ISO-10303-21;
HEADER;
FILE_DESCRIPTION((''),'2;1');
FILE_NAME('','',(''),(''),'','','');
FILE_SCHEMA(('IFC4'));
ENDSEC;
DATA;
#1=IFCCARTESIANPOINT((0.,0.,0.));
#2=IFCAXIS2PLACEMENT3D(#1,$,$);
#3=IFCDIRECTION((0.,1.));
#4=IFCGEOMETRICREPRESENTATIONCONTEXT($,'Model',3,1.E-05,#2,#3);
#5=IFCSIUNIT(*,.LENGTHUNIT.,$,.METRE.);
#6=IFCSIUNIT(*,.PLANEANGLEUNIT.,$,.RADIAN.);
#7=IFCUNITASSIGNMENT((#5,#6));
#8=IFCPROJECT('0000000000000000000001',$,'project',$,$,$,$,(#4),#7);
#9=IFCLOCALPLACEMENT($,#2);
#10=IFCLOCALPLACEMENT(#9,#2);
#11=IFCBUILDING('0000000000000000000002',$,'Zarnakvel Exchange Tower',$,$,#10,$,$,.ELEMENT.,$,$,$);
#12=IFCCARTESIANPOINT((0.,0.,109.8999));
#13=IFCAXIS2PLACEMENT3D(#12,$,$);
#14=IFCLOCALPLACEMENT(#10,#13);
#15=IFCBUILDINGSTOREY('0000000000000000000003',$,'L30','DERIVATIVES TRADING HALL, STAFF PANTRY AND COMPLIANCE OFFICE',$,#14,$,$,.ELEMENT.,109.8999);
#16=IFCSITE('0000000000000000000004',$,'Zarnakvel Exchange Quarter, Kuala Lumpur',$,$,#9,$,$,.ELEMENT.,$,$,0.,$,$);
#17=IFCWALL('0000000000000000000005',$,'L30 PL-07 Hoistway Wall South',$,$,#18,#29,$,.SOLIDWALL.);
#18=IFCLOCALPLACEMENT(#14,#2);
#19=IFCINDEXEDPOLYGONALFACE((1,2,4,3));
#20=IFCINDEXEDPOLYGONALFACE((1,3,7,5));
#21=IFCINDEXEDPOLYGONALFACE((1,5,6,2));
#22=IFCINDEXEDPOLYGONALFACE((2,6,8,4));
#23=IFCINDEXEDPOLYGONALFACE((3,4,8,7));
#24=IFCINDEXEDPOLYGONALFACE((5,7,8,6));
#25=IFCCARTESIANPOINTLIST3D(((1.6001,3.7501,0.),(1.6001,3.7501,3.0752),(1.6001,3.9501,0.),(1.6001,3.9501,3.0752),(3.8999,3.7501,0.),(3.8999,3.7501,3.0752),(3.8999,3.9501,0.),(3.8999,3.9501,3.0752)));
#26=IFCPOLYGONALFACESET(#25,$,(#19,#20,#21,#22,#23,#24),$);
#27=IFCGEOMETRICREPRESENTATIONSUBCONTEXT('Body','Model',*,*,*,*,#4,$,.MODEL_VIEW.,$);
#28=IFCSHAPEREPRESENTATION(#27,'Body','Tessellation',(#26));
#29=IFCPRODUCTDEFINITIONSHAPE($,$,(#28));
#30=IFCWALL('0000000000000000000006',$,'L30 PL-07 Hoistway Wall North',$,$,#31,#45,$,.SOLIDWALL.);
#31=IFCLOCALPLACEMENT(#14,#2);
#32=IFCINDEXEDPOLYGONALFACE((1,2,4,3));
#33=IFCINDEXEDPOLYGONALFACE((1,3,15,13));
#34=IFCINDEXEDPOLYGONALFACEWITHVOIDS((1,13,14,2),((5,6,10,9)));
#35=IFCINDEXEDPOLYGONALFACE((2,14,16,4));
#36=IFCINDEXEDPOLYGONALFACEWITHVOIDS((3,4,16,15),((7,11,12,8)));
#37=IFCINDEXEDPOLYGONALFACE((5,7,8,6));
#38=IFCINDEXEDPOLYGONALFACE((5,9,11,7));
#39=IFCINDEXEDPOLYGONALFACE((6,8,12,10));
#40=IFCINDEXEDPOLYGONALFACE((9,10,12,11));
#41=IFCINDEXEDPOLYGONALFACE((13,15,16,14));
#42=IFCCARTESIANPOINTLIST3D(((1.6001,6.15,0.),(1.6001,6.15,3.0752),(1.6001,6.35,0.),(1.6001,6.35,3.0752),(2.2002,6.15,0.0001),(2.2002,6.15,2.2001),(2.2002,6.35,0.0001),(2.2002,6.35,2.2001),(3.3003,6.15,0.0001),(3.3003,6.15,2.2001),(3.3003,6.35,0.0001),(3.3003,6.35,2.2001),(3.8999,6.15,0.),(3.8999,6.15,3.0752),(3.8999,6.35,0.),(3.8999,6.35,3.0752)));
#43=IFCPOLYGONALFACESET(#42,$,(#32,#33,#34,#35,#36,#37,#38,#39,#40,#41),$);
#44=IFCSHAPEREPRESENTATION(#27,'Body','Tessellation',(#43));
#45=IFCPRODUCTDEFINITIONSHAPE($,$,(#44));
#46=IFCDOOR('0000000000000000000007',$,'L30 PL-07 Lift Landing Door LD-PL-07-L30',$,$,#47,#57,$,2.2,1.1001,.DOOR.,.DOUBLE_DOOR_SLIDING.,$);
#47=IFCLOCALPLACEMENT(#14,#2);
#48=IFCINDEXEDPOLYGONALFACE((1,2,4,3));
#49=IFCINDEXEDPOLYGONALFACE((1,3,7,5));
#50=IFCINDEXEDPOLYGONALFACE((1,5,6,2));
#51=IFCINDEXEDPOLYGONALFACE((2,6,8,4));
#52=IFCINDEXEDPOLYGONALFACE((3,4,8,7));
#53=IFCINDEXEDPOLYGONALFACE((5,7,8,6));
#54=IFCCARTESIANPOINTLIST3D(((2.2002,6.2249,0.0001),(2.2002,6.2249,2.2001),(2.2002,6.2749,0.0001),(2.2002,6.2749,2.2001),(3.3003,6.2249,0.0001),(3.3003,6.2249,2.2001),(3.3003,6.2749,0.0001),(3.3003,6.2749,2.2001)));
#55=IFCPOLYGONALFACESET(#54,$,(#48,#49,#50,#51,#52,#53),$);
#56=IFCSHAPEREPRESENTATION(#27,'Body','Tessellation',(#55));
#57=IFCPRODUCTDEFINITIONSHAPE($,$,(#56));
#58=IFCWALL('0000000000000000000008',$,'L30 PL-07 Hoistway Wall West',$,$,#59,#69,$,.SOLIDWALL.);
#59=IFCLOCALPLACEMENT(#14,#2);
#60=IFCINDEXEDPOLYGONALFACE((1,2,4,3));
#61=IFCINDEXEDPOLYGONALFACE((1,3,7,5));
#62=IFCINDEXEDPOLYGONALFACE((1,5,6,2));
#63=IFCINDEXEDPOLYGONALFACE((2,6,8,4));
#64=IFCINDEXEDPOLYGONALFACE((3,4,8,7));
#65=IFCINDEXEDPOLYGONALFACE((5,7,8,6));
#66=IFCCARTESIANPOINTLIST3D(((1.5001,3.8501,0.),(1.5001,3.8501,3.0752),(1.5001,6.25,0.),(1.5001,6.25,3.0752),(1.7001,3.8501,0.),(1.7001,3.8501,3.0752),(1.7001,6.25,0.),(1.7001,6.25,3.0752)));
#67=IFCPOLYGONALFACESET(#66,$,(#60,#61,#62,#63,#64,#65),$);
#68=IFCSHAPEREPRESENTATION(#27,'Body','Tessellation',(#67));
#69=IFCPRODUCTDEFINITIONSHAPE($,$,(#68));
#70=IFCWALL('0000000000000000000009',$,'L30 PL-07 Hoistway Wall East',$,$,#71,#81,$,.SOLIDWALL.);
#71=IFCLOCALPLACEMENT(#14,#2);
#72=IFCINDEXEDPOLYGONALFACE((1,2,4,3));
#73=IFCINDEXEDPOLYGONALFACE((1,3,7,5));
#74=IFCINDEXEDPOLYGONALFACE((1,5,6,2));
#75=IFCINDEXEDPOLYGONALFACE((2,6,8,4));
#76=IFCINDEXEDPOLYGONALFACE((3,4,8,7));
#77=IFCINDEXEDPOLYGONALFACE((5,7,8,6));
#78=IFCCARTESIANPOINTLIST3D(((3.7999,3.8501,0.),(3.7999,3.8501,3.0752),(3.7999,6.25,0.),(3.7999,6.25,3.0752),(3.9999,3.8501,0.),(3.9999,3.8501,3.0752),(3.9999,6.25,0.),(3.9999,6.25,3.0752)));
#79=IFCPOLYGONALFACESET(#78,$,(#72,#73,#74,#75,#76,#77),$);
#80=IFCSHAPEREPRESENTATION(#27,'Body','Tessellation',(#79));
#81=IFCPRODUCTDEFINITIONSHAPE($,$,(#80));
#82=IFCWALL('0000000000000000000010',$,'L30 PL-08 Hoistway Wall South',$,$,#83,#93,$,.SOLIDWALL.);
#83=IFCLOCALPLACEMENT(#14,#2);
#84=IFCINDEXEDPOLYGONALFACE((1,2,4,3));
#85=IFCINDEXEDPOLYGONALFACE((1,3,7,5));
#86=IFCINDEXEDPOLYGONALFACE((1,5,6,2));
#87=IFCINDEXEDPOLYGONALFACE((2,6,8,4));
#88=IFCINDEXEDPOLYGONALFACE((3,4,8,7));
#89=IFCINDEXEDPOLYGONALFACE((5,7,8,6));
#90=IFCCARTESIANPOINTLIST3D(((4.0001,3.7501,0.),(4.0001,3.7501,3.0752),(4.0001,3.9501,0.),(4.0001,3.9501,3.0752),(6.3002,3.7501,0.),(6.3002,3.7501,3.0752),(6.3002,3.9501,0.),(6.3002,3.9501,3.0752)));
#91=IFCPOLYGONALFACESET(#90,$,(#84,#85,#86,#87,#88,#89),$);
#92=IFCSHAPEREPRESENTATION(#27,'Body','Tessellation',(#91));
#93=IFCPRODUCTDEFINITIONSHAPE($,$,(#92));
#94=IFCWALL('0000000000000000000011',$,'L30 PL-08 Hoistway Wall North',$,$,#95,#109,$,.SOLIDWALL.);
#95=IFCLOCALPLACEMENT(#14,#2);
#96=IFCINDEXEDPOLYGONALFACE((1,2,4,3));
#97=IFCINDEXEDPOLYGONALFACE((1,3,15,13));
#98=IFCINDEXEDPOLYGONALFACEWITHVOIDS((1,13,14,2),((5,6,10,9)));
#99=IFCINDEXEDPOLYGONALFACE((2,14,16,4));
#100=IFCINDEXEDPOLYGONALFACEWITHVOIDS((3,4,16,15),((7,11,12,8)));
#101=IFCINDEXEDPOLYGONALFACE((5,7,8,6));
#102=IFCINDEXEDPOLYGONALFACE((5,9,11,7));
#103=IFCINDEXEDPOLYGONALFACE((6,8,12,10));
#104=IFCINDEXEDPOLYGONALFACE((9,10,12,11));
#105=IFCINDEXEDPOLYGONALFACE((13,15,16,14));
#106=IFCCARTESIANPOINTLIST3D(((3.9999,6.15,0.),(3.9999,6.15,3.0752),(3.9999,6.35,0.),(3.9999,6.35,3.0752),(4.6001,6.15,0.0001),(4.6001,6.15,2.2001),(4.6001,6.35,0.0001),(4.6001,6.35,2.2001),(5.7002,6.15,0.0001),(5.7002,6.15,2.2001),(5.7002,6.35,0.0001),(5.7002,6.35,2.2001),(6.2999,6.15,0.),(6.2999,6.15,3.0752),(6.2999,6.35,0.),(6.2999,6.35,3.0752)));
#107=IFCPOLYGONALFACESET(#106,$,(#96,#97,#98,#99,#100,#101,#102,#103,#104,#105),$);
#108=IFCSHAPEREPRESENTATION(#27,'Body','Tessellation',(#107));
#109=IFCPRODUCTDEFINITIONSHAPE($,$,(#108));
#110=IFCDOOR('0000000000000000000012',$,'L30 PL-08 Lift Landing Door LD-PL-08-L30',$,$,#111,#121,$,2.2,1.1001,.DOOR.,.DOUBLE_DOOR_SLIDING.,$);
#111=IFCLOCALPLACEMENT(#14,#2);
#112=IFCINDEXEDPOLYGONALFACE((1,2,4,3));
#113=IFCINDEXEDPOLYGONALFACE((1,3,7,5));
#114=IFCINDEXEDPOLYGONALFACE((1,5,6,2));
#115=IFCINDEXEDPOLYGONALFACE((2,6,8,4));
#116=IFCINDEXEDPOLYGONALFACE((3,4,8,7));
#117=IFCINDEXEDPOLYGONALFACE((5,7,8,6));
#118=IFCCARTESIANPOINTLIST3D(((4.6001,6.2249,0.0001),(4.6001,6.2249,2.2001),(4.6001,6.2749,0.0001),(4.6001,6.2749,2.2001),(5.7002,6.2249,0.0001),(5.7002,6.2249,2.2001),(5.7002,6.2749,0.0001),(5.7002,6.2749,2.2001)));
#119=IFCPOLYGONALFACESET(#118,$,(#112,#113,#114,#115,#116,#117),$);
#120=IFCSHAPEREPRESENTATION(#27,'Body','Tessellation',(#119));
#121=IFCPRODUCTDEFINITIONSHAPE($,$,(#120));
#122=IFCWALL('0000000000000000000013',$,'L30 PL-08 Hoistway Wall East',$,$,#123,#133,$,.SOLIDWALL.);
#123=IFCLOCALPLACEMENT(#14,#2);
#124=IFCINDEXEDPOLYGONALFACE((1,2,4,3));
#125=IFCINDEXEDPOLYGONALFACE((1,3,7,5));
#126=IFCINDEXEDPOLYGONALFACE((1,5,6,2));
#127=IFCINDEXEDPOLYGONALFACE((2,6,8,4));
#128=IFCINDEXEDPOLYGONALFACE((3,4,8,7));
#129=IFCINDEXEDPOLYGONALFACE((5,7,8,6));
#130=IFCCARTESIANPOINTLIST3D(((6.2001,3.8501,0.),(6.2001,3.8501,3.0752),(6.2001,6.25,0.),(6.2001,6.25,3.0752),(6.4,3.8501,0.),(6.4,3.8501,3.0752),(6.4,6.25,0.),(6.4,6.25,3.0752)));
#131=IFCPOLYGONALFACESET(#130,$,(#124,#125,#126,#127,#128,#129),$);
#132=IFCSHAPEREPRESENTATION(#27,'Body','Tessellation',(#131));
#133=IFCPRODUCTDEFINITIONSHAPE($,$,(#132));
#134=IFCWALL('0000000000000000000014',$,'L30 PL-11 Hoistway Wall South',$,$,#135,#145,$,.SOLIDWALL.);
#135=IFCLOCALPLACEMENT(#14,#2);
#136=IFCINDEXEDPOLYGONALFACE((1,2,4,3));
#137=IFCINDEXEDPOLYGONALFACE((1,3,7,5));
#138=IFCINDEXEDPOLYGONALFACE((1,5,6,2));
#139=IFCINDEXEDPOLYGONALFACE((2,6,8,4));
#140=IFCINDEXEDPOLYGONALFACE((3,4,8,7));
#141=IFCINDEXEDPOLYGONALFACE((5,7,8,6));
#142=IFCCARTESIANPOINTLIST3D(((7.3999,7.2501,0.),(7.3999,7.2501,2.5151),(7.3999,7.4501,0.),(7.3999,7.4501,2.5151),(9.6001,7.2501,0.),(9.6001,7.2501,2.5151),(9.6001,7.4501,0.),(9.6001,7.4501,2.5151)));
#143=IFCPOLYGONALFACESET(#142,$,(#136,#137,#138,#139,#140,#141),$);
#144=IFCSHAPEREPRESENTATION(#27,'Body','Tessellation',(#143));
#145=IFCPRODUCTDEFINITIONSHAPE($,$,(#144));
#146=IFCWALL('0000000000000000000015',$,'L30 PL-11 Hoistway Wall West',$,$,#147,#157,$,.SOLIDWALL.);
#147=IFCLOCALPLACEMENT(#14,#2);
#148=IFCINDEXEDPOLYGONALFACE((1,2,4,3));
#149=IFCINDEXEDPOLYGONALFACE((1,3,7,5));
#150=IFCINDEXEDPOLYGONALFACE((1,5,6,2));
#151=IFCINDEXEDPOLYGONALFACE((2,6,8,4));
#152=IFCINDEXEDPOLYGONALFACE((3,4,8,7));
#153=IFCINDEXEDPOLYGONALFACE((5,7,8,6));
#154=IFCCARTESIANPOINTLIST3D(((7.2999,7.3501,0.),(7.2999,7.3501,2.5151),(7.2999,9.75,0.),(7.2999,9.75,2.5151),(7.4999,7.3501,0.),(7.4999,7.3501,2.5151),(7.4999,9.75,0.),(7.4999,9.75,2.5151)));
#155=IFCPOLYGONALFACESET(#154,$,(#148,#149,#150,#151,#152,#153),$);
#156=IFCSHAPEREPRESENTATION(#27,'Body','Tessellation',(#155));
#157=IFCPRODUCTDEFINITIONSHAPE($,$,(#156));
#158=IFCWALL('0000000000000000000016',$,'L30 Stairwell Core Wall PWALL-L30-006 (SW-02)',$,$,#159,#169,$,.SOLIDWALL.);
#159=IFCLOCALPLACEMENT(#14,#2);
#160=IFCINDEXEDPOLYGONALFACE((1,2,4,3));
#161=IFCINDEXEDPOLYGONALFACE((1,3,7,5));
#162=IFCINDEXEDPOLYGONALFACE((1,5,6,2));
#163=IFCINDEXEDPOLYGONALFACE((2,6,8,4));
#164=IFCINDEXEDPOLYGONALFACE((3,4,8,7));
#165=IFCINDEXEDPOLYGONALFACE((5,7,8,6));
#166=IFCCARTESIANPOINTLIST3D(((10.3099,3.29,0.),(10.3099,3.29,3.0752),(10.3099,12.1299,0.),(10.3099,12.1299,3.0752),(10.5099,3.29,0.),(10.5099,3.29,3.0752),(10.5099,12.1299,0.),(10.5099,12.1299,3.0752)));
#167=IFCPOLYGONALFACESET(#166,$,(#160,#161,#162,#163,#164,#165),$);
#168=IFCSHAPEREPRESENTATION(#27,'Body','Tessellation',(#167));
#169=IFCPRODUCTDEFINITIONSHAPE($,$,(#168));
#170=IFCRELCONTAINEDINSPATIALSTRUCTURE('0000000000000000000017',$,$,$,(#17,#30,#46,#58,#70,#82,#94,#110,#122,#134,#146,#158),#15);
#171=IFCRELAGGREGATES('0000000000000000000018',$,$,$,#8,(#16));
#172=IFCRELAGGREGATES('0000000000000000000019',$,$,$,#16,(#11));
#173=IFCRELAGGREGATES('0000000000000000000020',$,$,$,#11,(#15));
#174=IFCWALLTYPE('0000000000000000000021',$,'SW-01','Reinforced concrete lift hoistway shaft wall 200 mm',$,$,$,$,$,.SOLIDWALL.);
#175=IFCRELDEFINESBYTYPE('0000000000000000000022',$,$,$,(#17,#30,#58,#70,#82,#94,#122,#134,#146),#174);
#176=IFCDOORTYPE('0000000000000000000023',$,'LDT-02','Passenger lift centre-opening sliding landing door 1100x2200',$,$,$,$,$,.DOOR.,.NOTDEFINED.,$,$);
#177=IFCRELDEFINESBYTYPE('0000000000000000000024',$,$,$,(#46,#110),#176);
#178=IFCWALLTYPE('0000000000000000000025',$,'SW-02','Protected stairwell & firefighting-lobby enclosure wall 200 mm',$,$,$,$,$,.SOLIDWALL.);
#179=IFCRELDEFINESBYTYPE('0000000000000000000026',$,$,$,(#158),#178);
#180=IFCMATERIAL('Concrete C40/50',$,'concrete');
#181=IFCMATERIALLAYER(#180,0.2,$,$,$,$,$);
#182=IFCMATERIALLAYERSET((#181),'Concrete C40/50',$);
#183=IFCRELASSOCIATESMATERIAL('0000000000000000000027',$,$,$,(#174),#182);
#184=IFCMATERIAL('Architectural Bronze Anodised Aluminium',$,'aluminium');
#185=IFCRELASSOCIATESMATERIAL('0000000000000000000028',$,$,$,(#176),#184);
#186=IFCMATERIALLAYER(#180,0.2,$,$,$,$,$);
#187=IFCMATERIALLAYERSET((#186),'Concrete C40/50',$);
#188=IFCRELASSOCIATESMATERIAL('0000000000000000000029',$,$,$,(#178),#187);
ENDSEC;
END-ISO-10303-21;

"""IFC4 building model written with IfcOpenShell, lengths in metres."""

from ifc_helpers import new_model, si_unit, direction, frame, frame_2d, origin, place, context, subcontext, project, spatial, rectangle, extrude, source, transform, mapped, material, layer, layer_set, type_object, element, fill, save


model = new_model("IFC4")

# Units and contexts
model_context = context("Model", 3, precision=1e-05, world=origin(), true_north=direction((0.0, 1.0)))
body_context = subcontext(model_context, "Body", "Model", "MODEL_VIEW")
ifc_project = project(units=[si_unit("LENGTHUNIT", "METRE"), si_unit("PLANEANGLEUNIT", "RADIAN")], contexts=[model_context])

# Site, building, storey
site_placement = place(None, origin())
site = spatial("IfcSite", under=ifc_project, at=site_placement, Name="Zarnakvel Exchange Quarter, Kuala Lumpur", CompositionType="ELEMENT", RefElevation=0.0)
building_placement = place(site_placement, origin())
building = spatial("IfcBuilding", under=site, at=building_placement, Name="Zarnakvel Exchange Tower", CompositionType="ELEMENT")
storey_placement = place(building_placement, frame((0.0, 0.0, 109.8999)))
storey = spatial("IfcBuildingStorey", under=building, at=storey_placement, Name="L30", Description="DERIVATIVES TRADING HALL, STAFF PANTRY AND COMPLIANCE OFFICE", CompositionType="ELEMENT", Elevation=109.8999)

# Shared definitions
ifc_material_1 = material(Name="Concrete C40/50", Category="concrete")
ifc_layer_1 = layer(ifc_material_1, 0.2)
ifc_layer_set_1 = layer_set([ifc_layer_1], Name="Concrete C40/50")
wall_type_1 = type_object("IfcWallType", Name="SW-01", Description="Reinforced concrete lift hoistway shaft wall 200 mm", PredefinedType="SOLIDWALL", material=ifc_layer_set_1)
shared_shape_1 = source(origin(), body_context, "Body", "SweptSolid", [
    extrude(rectangle(XDim=1.1001, YDim=2.2, at=frame_2d((0.55, 1.1001))), frame((0.0, 0.0249, 0.0), z_axis=(0.0, -1.0, 0.0), x_axis=(1.0, 0.0, 0.0)), (0.0, 0.0, 1.0), 0.05),
])

# Wall
wall_1_placement = place(storey_placement, frame((3.8999, 3.8501, 0.0), z_axis=(0.0, 0.0, 1.0), x_axis=(-1.0, 0.0, 0.0)))
element("IfcWall", 1, at=wall_1_placement, inside=storey, type_object=wall_type_1, Name="L30 PL-07 Hoistway Wall South", PredefinedType="SOLIDWALL", context=body_context, shape_type="SweptSolid", body=[
    extrude(rectangle(XDim=2.2998, YDim=0.2, at=frame_2d((1.1499, 0.0))), origin(), (0.0, 0.0, 1.0), 3.0752),
])

# Wall, opening, door
wall_2_placement = place(storey_placement, frame((1.6001, 6.25, 0.0), z_axis=(0.0, 0.0, 1.0), x_axis=(1.0, 0.0, 0.0)))
wall_2 = element("IfcWall", 2, at=wall_2_placement, inside=storey, type_object=wall_type_1, Name="L30 PL-07 Hoistway Wall North", PredefinedType="SOLIDWALL", context=body_context, shape_type="SweptSolid", body=[
    extrude(rectangle(XDim=2.2998, YDim=0.2, at=frame_2d((1.1499, 0.0))), origin(), (0.0, 0.0, 1.0), 3.0752),
])
opening_1_placement = place(wall_2_placement, frame((0.6001, 0.0, 0.0)))
opening_1 = element("IfcOpeningElement", 3, at=opening_1_placement, cuts=wall_2, PredefinedType="OPENING", context=body_context, shape_type="SweptSolid", body=[
    extrude(rectangle(XDim=1.1001, YDim=2.2, at=frame_2d((0.55, 1.1001))), frame((0.0, 0.1099, 0.0), z_axis=(0.0, -1.0, 0.0), x_axis=(1.0, 0.0, 0.0)), (0.0, 0.0, 1.0), 0.22),
])
ifc_material_2 = material(Name="Architectural Bronze Anodised Aluminium", Category="aluminium")
door_type_1 = type_object("IfcDoorType", Name="LDT-02", Description="Passenger lift centre-opening sliding landing door 1100x2200", OperationType="NOTDEFINED", PredefinedType="DOOR", material=ifc_material_2)
door_1_placement = place(opening_1_placement, origin())
door_1 = element("IfcDoor", 4, at=door_1_placement, inside=storey, type_object=door_type_1, Name="L30 PL-07 Lift Landing Door LD-PL-07-L30", OperationType="DOUBLE_DOOR_SLIDING", OverallHeight=2.2, OverallWidth=1.1001, PredefinedType="DOOR", context=body_context, shape_type="MappedRepresentation", body=[
    mapped(shared_shape_1, transform((0.0, 0.0, 0.0), x_axis=(1.0, 0.0, 0.0), y_axis=(0.0, 1.0, 0.0), z_axis=(0.0, 0.0, 1.0), scale=1.0)),
])
fill(opening_1, door_1)

# Walls
for number, where, z_axis, x_axis, name in (
    (5, (1.6001, 3.8501, 0.0), (0.0, 0.0, 1.0), (0.0, 1.0, 0.0), "L30 PL-07 Hoistway Wall West"),
    (6, (3.8999, 6.25, 0.0), (0.0, 0.0, 1.0), (0.0, -1.0, 0.0), "L30 PL-07 Hoistway Wall East"),
):
    element("IfcWall", number, at=place(storey_placement, frame(where, z_axis=z_axis, x_axis=x_axis)), inside=storey, type_object=wall_type_1, Name=name, PredefinedType="SOLIDWALL", context=body_context, shape_type="SweptSolid", body=[
        extrude(rectangle(XDim=2.3999, YDim=0.2, at=frame_2d((1.2, 0.0))), origin(), (0.0, 0.0, 1.0), 3.0752),
    ])
wall_3_placement = place(storey_placement, frame((6.3, 3.8501, 0.0), z_axis=(0.0, 0.0, 1.0), x_axis=(-1.0, 0.0, 0.0)))
element("IfcWall", 7, at=wall_3_placement, inside=storey, type_object=wall_type_1, Name="L30 PL-08 Hoistway Wall South", PredefinedType="SOLIDWALL", context=body_context, shape_type="SweptSolid", body=[
    extrude(rectangle(XDim=2.3, YDim=0.2, at=frame_2d((1.1499, 0.0))), origin(), (0.0, 0.0, 1.0), 3.0752),
])

# Wall, opening, door
wall_4_placement = place(storey_placement, frame((4.0, 6.25, 0.0), z_axis=(0.0, 0.0, 1.0), x_axis=(1.0, 0.0, 0.0)))
wall_4 = element("IfcWall", 8, at=wall_4_placement, inside=storey, type_object=wall_type_1, Name="L30 PL-08 Hoistway Wall North", PredefinedType="SOLIDWALL", context=body_context, shape_type="SweptSolid", body=[
    extrude(rectangle(XDim=2.3, YDim=0.2, at=frame_2d((1.1499, 0.0))), origin(), (0.0, 0.0, 1.0), 3.0752),
])
opening_2_placement = place(wall_4_placement, frame((0.6001, 0.0, 0.0)))
opening_2 = element("IfcOpeningElement", 9, at=opening_2_placement, cuts=wall_4, PredefinedType="OPENING", context=body_context, shape_type="SweptSolid", body=[
    extrude(rectangle(XDim=1.1001, YDim=2.2, at=frame_2d((0.55, 1.1001))), frame((0.0, 0.1099, 0.0), z_axis=(0.0, -1.0, 0.0), x_axis=(1.0, 0.0, 0.0)), (0.0, 0.0, 1.0), 0.22),
])
door_2_placement = place(opening_2_placement, origin())
door_2 = element("IfcDoor", 10, at=door_2_placement, inside=storey, type_object=door_type_1, Name="L30 PL-08 Lift Landing Door LD-PL-08-L30", OperationType="DOUBLE_DOOR_SLIDING", OverallHeight=2.2, OverallWidth=1.1001, PredefinedType="DOOR", context=body_context, shape_type="MappedRepresentation", body=[
    mapped(shared_shape_1, transform((0.0, 0.0, 0.0), x_axis=(1.0, 0.0, 0.0), y_axis=(0.0, 1.0, 0.0), z_axis=(0.0, 0.0, 1.0), scale=1.0)),
])
fill(opening_2, door_2)

# Walls
wall_5_placement = place(storey_placement, frame((6.3, 6.25, 0.0), z_axis=(0.0, 0.0, 1.0), x_axis=(0.0, -1.0, 0.0)))
element("IfcWall", 11, at=wall_5_placement, inside=storey, type_object=wall_type_1, Name="L30 PL-08 Hoistway Wall East", PredefinedType="SOLIDWALL", context=body_context, shape_type="SweptSolid", body=[
    extrude(rectangle(XDim=2.3999, YDim=0.2, at=frame_2d((1.2, 0.0))), origin(), (0.0, 0.0, 1.0), 3.0752),
])
wall_6_placement = place(storey_placement, frame((9.6001, 7.3501, 0.0), z_axis=(0.0, 0.0, 1.0), x_axis=(-1.0, 0.0, 0.0)))
element("IfcWall", 12, at=wall_6_placement, inside=storey, type_object=wall_type_1, Name="L30 PL-11 Hoistway Wall South", PredefinedType="SOLIDWALL", context=body_context, shape_type="SweptSolid", body=[
    extrude(rectangle(XDim=2.2002, YDim=0.2, at=frame_2d((1.1001, 0.0))), origin(), (0.0, 0.0, 1.0), 2.5151),
])
wall_7_placement = place(storey_placement, frame((7.3999, 7.3501, 0.0), z_axis=(0.0, 0.0, 1.0), x_axis=(0.0, 1.0, 0.0)))
element("IfcWall", 13, at=wall_7_placement, inside=storey, type_object=wall_type_1, Name="L30 PL-11 Hoistway Wall West", PredefinedType="SOLIDWALL", context=body_context, shape_type="SweptSolid", body=[
    extrude(rectangle(XDim=2.3999, YDim=0.2, at=frame_2d((1.2, 0.0))), origin(), (0.0, 0.0, 1.0), 2.5151),
])
ifc_layer_2 = layer(ifc_material_1, 0.2)
ifc_layer_set_2 = layer_set([ifc_layer_2], Name="Concrete C40/50")
wall_type_2 = type_object("IfcWallType", Name="SW-02", Description="Protected stairwell & firefighting-lobby enclosure wall 200 mm", PredefinedType="SOLIDWALL", material=ifc_layer_set_2)
wall_8_placement = place(storey_placement, frame((10.4099, 3.29, 0.0), z_axis=(0.0, 0.0, 1.0), x_axis=(0.0, 1.0, 0.0)))
element("IfcWall", 14, at=wall_8_placement, inside=storey, type_object=wall_type_2, Name="L30 Stairwell Core Wall PWALL-L30-006 (SW-02)", PredefinedType="SOLIDWALL", context=body_context, shape_type="SweptSolid", body=[
    extrude(rectangle(XDim=8.8398, YDim=0.2, at=frame_2d((4.4199, 0.0))), origin(), (0.0, 0.0, 1.0), 3.0752),
])

save(model, "model.ifc")
